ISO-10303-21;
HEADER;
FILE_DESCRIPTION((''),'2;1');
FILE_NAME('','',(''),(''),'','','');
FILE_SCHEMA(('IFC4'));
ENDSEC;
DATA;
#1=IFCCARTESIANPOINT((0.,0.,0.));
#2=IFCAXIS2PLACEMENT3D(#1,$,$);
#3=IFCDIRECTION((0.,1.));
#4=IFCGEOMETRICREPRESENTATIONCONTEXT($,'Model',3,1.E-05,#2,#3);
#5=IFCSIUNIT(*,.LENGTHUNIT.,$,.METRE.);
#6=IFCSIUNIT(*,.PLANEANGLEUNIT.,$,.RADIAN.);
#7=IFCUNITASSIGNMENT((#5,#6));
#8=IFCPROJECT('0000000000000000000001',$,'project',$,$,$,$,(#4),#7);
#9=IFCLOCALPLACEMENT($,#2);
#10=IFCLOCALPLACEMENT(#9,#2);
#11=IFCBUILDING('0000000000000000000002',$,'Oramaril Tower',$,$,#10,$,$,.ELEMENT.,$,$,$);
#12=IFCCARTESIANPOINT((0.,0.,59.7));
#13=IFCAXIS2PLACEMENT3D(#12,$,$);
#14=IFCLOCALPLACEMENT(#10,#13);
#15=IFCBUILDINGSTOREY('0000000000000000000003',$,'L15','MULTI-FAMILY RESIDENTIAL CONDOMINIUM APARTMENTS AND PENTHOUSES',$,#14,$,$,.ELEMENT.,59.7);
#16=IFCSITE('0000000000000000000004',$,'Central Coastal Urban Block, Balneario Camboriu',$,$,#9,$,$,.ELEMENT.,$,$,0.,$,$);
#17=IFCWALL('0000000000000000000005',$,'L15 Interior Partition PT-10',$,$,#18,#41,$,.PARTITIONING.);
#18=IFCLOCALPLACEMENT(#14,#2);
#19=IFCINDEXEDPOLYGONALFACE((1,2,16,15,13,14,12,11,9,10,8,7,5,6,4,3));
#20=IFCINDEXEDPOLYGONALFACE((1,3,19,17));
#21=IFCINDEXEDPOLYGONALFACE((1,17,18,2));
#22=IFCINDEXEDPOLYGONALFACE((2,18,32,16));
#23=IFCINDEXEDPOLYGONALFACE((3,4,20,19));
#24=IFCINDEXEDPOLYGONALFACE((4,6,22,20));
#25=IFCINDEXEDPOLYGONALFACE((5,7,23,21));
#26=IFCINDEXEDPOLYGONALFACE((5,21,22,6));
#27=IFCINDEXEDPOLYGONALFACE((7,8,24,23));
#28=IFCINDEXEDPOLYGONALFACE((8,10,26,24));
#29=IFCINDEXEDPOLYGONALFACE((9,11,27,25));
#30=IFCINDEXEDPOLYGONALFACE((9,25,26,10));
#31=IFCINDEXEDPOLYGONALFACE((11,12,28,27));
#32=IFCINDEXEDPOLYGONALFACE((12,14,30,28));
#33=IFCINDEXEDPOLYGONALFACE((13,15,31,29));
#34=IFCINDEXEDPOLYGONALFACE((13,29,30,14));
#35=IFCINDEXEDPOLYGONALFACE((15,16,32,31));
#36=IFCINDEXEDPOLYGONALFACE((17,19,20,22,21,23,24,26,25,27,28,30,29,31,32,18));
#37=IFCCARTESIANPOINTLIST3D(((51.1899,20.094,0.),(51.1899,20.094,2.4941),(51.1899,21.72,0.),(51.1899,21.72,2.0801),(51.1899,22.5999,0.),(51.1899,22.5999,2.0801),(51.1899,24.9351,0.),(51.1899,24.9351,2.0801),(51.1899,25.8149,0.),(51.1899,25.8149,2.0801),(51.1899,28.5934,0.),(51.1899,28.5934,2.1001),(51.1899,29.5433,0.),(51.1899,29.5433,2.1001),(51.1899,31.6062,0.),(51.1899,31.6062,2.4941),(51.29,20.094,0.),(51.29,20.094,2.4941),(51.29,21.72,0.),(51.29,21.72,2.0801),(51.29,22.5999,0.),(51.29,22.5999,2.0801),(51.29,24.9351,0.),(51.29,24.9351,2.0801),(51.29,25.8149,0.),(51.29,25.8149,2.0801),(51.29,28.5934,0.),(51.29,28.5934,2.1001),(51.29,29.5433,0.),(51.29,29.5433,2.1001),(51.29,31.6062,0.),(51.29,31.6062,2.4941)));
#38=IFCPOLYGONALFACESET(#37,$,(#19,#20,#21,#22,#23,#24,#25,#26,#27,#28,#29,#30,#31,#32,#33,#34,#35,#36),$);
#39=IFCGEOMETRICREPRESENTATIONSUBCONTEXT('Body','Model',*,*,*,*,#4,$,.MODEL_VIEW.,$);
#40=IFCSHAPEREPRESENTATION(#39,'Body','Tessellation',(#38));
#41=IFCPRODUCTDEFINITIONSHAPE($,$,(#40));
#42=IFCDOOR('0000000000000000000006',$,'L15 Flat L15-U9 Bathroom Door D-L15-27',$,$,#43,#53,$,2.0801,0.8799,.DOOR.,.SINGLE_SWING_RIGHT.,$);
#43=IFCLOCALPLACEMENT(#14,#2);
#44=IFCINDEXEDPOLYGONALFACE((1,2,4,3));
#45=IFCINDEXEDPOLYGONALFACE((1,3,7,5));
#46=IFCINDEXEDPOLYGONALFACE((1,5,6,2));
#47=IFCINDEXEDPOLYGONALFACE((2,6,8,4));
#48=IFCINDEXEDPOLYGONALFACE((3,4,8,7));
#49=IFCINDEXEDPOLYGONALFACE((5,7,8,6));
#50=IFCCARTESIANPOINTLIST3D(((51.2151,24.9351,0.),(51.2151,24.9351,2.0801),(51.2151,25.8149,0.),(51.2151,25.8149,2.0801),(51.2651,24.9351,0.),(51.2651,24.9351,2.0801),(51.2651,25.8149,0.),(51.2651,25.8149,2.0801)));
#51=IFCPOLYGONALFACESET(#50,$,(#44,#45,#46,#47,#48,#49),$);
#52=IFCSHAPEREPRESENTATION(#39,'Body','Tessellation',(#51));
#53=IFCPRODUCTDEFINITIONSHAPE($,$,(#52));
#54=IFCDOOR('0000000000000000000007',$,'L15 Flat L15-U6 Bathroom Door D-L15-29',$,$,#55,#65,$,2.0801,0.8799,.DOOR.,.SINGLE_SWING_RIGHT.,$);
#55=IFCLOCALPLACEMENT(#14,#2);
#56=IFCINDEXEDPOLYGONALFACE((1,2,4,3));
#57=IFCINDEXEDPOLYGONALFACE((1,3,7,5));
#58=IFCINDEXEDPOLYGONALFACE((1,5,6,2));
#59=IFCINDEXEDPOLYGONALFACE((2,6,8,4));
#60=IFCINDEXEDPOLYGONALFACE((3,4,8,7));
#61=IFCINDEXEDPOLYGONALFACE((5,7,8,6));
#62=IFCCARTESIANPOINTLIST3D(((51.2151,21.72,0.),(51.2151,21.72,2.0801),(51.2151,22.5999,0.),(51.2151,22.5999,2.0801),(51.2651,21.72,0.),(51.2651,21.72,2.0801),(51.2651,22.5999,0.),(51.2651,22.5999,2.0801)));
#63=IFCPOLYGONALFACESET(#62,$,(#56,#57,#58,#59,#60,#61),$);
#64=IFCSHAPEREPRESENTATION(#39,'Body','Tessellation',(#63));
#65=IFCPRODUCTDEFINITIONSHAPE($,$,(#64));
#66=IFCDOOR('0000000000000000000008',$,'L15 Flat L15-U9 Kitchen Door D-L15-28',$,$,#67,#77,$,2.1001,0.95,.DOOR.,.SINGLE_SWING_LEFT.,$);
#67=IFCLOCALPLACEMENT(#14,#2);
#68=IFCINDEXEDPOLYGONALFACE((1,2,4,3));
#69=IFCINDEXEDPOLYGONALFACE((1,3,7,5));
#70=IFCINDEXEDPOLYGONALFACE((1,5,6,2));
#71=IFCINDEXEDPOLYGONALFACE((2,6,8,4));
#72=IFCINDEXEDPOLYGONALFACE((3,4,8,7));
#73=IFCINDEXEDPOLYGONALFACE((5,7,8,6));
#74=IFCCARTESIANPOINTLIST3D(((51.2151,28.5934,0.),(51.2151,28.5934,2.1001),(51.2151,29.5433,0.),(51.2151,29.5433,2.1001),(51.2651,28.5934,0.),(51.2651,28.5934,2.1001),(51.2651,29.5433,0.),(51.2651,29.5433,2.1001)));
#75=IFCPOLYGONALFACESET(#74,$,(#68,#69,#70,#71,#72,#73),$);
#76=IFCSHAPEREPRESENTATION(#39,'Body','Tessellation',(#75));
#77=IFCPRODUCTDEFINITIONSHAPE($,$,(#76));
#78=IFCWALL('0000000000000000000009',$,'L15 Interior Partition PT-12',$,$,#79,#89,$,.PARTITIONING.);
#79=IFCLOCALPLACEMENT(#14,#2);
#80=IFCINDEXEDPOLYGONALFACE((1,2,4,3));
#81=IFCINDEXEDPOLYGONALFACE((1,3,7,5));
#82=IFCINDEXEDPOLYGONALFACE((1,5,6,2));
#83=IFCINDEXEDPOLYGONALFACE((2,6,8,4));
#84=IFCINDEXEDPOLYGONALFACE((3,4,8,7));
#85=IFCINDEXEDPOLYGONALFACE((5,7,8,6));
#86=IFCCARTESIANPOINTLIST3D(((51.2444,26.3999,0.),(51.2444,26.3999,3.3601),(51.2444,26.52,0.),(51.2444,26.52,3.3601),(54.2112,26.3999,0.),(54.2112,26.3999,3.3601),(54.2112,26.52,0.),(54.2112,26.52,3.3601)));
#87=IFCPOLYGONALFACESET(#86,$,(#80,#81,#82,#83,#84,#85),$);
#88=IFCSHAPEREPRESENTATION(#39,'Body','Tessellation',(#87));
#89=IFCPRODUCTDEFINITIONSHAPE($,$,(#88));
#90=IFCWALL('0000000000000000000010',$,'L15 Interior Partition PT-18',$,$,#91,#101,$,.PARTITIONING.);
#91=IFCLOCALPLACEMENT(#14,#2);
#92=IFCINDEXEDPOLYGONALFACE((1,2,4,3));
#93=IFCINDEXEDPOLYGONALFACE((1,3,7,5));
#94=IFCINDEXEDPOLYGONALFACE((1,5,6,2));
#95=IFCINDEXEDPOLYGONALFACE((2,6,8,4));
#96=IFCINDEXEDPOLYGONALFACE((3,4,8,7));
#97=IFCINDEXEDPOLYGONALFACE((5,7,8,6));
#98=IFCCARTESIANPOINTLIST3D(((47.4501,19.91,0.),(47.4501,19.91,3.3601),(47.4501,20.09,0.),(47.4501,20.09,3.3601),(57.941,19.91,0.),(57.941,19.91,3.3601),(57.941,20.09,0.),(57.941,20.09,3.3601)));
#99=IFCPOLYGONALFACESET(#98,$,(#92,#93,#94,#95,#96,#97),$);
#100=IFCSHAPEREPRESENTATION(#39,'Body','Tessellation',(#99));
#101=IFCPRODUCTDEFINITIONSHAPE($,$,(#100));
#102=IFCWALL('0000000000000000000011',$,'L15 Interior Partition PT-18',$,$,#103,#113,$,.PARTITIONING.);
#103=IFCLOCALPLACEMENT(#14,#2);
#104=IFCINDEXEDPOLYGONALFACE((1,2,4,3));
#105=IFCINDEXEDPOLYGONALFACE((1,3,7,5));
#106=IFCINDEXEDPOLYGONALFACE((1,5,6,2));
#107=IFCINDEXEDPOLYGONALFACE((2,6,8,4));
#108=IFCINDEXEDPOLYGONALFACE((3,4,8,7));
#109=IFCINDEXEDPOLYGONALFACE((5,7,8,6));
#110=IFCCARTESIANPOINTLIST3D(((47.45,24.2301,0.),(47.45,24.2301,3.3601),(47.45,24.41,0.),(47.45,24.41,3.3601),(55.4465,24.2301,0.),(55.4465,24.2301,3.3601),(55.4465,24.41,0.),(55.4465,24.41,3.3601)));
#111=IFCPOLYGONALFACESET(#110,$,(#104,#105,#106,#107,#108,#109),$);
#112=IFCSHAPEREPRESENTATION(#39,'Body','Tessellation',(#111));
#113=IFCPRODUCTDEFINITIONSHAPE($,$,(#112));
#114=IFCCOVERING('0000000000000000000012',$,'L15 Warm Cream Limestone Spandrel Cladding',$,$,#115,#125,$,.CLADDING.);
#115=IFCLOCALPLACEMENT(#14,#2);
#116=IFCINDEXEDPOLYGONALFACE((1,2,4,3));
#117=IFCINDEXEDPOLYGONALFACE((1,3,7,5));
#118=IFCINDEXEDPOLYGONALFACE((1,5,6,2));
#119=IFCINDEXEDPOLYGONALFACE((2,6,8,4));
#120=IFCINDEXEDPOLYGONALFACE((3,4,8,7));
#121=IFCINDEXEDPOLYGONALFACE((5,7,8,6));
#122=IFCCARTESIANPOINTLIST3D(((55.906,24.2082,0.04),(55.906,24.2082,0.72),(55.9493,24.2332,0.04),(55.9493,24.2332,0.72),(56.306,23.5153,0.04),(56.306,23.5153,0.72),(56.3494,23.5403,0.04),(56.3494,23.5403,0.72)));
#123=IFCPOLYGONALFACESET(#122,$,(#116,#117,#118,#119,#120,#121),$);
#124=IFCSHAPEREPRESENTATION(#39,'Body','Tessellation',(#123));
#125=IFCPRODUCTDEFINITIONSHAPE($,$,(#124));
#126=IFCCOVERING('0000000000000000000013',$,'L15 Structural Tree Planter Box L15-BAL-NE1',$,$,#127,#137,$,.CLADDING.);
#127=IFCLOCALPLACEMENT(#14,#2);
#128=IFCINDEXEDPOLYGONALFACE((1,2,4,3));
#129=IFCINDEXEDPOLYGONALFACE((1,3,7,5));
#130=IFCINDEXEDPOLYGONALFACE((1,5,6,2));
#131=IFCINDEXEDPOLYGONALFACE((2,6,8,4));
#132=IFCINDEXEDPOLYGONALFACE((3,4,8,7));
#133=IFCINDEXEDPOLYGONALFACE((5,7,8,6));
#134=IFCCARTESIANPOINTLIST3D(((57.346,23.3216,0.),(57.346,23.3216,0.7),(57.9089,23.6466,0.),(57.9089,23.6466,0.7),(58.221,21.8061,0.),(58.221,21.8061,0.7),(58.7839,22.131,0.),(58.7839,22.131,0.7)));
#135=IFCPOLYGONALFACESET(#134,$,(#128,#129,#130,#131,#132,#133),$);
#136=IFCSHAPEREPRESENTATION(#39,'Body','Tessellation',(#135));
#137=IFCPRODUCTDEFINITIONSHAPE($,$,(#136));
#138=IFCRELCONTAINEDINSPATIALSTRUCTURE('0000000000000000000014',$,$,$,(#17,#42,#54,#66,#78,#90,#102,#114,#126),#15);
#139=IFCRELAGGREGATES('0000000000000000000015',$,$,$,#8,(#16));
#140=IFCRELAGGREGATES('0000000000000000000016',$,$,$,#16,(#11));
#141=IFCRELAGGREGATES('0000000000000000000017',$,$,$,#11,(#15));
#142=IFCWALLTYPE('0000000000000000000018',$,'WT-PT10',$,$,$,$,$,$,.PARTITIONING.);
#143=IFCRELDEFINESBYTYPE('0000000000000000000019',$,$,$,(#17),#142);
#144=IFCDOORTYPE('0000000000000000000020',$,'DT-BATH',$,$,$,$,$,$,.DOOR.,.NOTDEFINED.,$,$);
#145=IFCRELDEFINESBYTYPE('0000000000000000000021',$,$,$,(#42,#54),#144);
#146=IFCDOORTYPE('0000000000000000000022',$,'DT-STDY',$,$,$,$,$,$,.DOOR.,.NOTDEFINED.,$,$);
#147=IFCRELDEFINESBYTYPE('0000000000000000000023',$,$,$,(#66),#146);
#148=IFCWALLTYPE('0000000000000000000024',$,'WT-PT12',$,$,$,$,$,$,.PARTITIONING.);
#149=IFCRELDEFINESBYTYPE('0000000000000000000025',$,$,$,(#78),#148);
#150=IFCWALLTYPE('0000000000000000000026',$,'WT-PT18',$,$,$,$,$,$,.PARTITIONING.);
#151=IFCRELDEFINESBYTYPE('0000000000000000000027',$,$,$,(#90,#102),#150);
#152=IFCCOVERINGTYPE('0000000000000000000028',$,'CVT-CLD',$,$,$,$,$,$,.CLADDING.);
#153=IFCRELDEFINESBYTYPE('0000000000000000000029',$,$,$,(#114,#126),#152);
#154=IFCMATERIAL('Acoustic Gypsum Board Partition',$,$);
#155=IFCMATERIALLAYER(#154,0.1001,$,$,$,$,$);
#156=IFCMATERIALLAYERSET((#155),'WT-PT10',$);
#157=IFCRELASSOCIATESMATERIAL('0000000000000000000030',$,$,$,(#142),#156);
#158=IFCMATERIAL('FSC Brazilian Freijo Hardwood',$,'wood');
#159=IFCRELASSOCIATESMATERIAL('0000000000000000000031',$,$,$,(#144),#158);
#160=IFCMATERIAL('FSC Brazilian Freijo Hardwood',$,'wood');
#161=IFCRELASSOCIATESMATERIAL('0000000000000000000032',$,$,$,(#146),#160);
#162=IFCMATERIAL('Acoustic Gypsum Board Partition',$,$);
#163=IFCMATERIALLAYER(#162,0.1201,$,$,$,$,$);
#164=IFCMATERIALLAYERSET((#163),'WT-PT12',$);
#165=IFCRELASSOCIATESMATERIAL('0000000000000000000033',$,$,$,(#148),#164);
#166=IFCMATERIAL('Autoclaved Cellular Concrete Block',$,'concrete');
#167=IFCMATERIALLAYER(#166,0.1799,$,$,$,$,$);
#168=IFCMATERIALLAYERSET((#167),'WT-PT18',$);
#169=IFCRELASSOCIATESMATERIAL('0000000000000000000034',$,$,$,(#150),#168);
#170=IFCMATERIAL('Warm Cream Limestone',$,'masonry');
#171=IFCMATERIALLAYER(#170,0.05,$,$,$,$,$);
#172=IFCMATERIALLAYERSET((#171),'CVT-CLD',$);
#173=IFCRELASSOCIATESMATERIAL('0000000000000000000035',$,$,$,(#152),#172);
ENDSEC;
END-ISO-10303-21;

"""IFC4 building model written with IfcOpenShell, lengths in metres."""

from ifc_helpers import new_model, si_unit, direction, frame, frame_2d, origin, origin_2d, place, context, subcontext, project, spatial, rectangle, extrude, material, layer, layer_set, type_object, element, fill, save


model = new_model("IFC4")

# Units and contexts
model_context = context("Model", 3, precision=1e-05, world=origin(), true_north=direction((0.0, 1.0)))
body_context = subcontext(model_context, "Body", "Model", "MODEL_VIEW")
ifc_project = project(units=[si_unit("LENGTHUNIT", "METRE"), si_unit("PLANEANGLEUNIT", "RADIAN")], contexts=[model_context])

# Site, building, storey
site_placement = place(None, origin())
site = spatial("IfcSite", under=ifc_project, at=site_placement, Name="Central Coastal Urban Block, Balneario Camboriu", CompositionType="ELEMENT", RefElevation=0.0)
building_placement = place(site_placement, origin())
building = spatial("IfcBuilding", under=site, at=building_placement, Name="Oramaril Tower", CompositionType="ELEMENT")
storey_placement = place(building_placement, frame((0.0, 0.0, 59.7)))
storey = spatial("IfcBuildingStorey", under=building, at=storey_placement, Name="L15", Description="MULTI-FAMILY RESIDENTIAL CONDOMINIUM APARTMENTS AND PENTHOUSES", CompositionType="ELEMENT", Elevation=59.7)

# Wall, openings, doors
ifc_material_1 = material(Name="Acoustic Gypsum Board Partition")
ifc_layer_1 = layer(ifc_material_1, 0.1001)
ifc_layer_set_1 = layer_set([ifc_layer_1], Name="WT-PT10")
wall_type_1 = type_object("IfcWallType", Name="WT-PT10", PredefinedType="PARTITIONING", material=ifc_layer_set_1)
wall_1_placement = place(storey_placement, frame((51.24, 20.094, 0.0), z_axis=(0.0, 0.0, 1.0), x_axis=(0.0, 1.0, 0.0)))
wall_1 = element("IfcWall", 1, at=wall_1_placement, inside=storey, type_object=wall_type_1, Name="L15 Interior Partition PT-10", PredefinedType="PARTITIONING", context=body_context, shape_type="SweptSolid", body=[
    extrude(rectangle(XDim=11.5122, YDim=0.1001, at=frame_2d((5.7561, 0.0))), origin(), (0.0, 0.0, 1.0), 2.4941),
])
opening_1_placement = place(wall_1_placement, frame((4.8411, 0.0, 0.0)))
opening_1 = element("IfcOpeningElement", 2, at=opening_1_placement, cuts=wall_1, PredefinedType="OPENING", context=body_context, shape_type="SweptSolid", body=[
    extrude(rectangle(XDim=0.8799, YDim=2.0801, at=frame_2d((0.4399, 1.04))), frame((0.0, 0.05, 0.0), z_axis=(0.0, -1.0, 0.0), x_axis=(1.0, 0.0, 0.0)), (0.0, 0.0, 1.0), 0.1001),
])
opening_2_placement = place(wall_1_placement, frame((8.4993, 0.0, 0.0)))
opening_2 = element("IfcOpeningElement", 3, at=opening_2_placement, cuts=wall_1, PredefinedType="OPENING", context=body_context, shape_type="SweptSolid", body=[
    extrude(rectangle(XDim=0.95, YDim=2.1001, at=frame_2d((0.4751, 1.05))), frame((0.0, 0.05, 0.0), z_axis=(0.0, -1.0, 0.0), x_axis=(1.0, 0.0, 0.0)), (0.0, 0.0, 1.0), 0.1001),
])
opening_3_placement = place(wall_1_placement, frame((1.626, 0.0, 0.0)))
opening_3 = element("IfcOpeningElement", 4, at=opening_3_placement, cuts=wall_1, PredefinedType="OPENING", context=body_context, shape_type="SweptSolid", body=[
    extrude(rectangle(XDim=0.8799, YDim=2.0801, at=frame_2d((0.4399, 1.04))), frame((0.0, 0.05, 0.0), z_axis=(0.0, -1.0, 0.0), x_axis=(1.0, 0.0, 0.0)), (0.0, 0.0, 1.0), 0.1001),
])
ifc_material_2 = material(Name="FSC Brazilian Freijo Hardwood", Category="wood")
door_type_1 = type_object("IfcDoorType", Name="DT-BATH", OperationType="NOTDEFINED", PredefinedType="DOOR", material=ifc_material_2)
door_1_placement = place(opening_1_placement, origin())
door_1 = element("IfcDoor", 5, at=door_1_placement, inside=storey, type_object=door_type_1, Name="L15 Flat L15-U9 Bathroom Door D-L15-27", OperationType="SINGLE_SWING_RIGHT", OverallHeight=2.0801, OverallWidth=0.8799, PredefinedType="DOOR", context=body_context, shape_type="SweptSolid", body=[
    extrude(rectangle(XDim=0.8799, YDim=2.0801, at=frame_2d((0.4399, 1.04))), frame((0.0, 0.0249, 0.0), z_axis=(0.0, -1.0, 0.0), x_axis=(1.0, 0.0, 0.0)), (0.0, 0.0, 1.0), 0.05),
])
fill(opening_1, door_1)
door_2_placement = place(opening_3_placement, origin())
door_2 = element("IfcDoor", 6, at=door_2_placement, inside=storey, type_object=door_type_1, Name="L15 Flat L15-U6 Bathroom Door D-L15-29", OperationType="SINGLE_SWING_RIGHT", OverallHeight=2.0801, OverallWidth=0.8799, PredefinedType="DOOR", context=body_context, shape_type="SweptSolid", body=[
    extrude(rectangle(XDim=0.8799, YDim=2.0801, at=frame_2d((0.4399, 1.04))), frame((0.0, 0.0249, 0.0), z_axis=(0.0, -1.0, 0.0), x_axis=(1.0, 0.0, 0.0)), (0.0, 0.0, 1.0), 0.05),
])
fill(opening_3, door_2)
ifc_material_3 = material(Name="FSC Brazilian Freijo Hardwood", Category="wood")
door_type_2 = type_object("IfcDoorType", Name="DT-STDY", OperationType="NOTDEFINED", PredefinedType="DOOR", material=ifc_material_3)
door_3_placement = place(opening_2_placement, origin())
door_3 = element("IfcDoor", 7, at=door_3_placement, inside=storey, type_object=door_type_2, Name="L15 Flat L15-U9 Kitchen Door D-L15-28", OperationType="SINGLE_SWING_LEFT", OverallHeight=2.1001, OverallWidth=0.95, PredefinedType="DOOR", context=body_context, shape_type="SweptSolid", body=[
    extrude(rectangle(XDim=0.95, YDim=2.1001, at=frame_2d((0.4751, 1.05))), frame((0.0, 0.0249, 0.0), z_axis=(0.0, -1.0, 0.0), x_axis=(1.0, 0.0, 0.0)), (0.0, 0.0, 1.0), 0.05),
])
fill(opening_2, door_3)

# Walls
ifc_material_4 = material(Name="Acoustic Gypsum Board Partition")
ifc_layer_2 = layer(ifc_material_4, 0.1201)
ifc_layer_set_2 = layer_set([ifc_layer_2], Name="WT-PT12")
wall_type_2 = type_object("IfcWallType", Name="WT-PT12", PredefinedType="PARTITIONING", material=ifc_layer_set_2)
wall_2_placement = place(storey_placement, frame((51.2444, 26.46, 0.0), z_axis=(0.0, 0.0, 1.0), x_axis=(1.0, 0.0, 0.0)))
element("IfcWall", 8, at=wall_2_placement, inside=storey, type_object=wall_type_2, Name="L15 Interior Partition PT-12", PredefinedType="PARTITIONING", context=body_context, shape_type="SweptSolid", body=[
    extrude(rectangle(XDim=2.9668, YDim=0.1201, at=frame_2d((1.4834, 0.0))), origin(), (0.0, 0.0, 1.0), 3.3601),
])
ifc_material_5 = material(Name="Autoclaved Cellular Concrete Block", Category="concrete")
ifc_layer_3 = layer(ifc_material_5, 0.1799)
ifc_layer_set_3 = layer_set([ifc_layer_3], Name="WT-PT18")
wall_type_3 = type_object("IfcWallType", Name="WT-PT18", PredefinedType="PARTITIONING", material=ifc_layer_set_3)
wall_3_placement = place(storey_placement, frame((47.45, 20.0, 0.0), z_axis=(0.0, 0.0, 1.0), x_axis=(1.0, 0.0, 0.0)))
element("IfcWall", 9, at=wall_3_placement, inside=storey, type_object=wall_type_3, Name="L15 Interior Partition PT-18", PredefinedType="PARTITIONING", context=body_context, shape_type="SweptSolid", body=[
    extrude(rectangle(XDim=10.491, YDim=0.1799, at=frame_2d((5.2456, 0.0))), origin(), (0.0, 0.0, 1.0), 3.3601),
])
wall_4_placement = place(storey_placement, frame((47.45, 24.3201, 0.0), z_axis=(0.0, 0.0, 1.0), x_axis=(1.0, 0.0, 0.0)))
element("IfcWall", 10, at=wall_4_placement, inside=storey, type_object=wall_type_3, Name="L15 Interior Partition PT-18", PredefinedType="PARTITIONING", context=body_context, shape_type="SweptSolid", body=[
    extrude(rectangle(XDim=7.9966, YDim=0.1799, at=frame_2d((3.9983, 0.0))), origin(), (0.0, 0.0, 1.0), 3.3601),
])

# Coverings
ifc_material_6 = material(Name="Warm Cream Limestone", Category="masonry")
ifc_layer_4 = layer(ifc_material_6, 0.05)
ifc_layer_set_4 = layer_set([ifc_layer_4], Name="CVT-CLD")
covering_type = type_object("IfcCoveringType", Name="CVT-CLD", PredefinedType="CLADDING", material=ifc_layer_set_4)
covering_1_placement = place(storey_placement, frame((56.1277, 23.8743, 0.04), z_axis=(0.0, 0.0, 1.0), x_axis=(-0.499998, 0.866026, 0.0)))
element("IfcCovering", 11, at=covering_1_placement, inside=storey, type_object=covering_type, Name="L15 Warm Cream Limestone Spandrel Cladding", PredefinedType="CLADDING", context=body_context, shape_type="SweptSolid", body=[
    extrude(rectangle(XDim=0.8, YDim=0.05, at=origin_2d()), origin(), (0.0, 0.0, 1.0), 0.6799),
])
covering_2_placement = place(storey_placement, frame((58.0649, 22.7263, 0.0), z_axis=(0.0, 0.0, 1.0), x_axis=(-0.499998, 0.866026, 0.0)))
element("IfcCovering", 12, at=covering_2_placement, inside=storey, type_object=covering_type, Name="L15 Structural Tree Planter Box L15-BAL-NE1", PredefinedType="CLADDING", context=body_context, shape_type="SweptSolid", body=[
    extrude(rectangle(XDim=1.75, YDim=0.6499, at=origin_2d()), origin(), (0.0, 0.0, 1.0), 0.7),
])

save(model, "model.ifc")
